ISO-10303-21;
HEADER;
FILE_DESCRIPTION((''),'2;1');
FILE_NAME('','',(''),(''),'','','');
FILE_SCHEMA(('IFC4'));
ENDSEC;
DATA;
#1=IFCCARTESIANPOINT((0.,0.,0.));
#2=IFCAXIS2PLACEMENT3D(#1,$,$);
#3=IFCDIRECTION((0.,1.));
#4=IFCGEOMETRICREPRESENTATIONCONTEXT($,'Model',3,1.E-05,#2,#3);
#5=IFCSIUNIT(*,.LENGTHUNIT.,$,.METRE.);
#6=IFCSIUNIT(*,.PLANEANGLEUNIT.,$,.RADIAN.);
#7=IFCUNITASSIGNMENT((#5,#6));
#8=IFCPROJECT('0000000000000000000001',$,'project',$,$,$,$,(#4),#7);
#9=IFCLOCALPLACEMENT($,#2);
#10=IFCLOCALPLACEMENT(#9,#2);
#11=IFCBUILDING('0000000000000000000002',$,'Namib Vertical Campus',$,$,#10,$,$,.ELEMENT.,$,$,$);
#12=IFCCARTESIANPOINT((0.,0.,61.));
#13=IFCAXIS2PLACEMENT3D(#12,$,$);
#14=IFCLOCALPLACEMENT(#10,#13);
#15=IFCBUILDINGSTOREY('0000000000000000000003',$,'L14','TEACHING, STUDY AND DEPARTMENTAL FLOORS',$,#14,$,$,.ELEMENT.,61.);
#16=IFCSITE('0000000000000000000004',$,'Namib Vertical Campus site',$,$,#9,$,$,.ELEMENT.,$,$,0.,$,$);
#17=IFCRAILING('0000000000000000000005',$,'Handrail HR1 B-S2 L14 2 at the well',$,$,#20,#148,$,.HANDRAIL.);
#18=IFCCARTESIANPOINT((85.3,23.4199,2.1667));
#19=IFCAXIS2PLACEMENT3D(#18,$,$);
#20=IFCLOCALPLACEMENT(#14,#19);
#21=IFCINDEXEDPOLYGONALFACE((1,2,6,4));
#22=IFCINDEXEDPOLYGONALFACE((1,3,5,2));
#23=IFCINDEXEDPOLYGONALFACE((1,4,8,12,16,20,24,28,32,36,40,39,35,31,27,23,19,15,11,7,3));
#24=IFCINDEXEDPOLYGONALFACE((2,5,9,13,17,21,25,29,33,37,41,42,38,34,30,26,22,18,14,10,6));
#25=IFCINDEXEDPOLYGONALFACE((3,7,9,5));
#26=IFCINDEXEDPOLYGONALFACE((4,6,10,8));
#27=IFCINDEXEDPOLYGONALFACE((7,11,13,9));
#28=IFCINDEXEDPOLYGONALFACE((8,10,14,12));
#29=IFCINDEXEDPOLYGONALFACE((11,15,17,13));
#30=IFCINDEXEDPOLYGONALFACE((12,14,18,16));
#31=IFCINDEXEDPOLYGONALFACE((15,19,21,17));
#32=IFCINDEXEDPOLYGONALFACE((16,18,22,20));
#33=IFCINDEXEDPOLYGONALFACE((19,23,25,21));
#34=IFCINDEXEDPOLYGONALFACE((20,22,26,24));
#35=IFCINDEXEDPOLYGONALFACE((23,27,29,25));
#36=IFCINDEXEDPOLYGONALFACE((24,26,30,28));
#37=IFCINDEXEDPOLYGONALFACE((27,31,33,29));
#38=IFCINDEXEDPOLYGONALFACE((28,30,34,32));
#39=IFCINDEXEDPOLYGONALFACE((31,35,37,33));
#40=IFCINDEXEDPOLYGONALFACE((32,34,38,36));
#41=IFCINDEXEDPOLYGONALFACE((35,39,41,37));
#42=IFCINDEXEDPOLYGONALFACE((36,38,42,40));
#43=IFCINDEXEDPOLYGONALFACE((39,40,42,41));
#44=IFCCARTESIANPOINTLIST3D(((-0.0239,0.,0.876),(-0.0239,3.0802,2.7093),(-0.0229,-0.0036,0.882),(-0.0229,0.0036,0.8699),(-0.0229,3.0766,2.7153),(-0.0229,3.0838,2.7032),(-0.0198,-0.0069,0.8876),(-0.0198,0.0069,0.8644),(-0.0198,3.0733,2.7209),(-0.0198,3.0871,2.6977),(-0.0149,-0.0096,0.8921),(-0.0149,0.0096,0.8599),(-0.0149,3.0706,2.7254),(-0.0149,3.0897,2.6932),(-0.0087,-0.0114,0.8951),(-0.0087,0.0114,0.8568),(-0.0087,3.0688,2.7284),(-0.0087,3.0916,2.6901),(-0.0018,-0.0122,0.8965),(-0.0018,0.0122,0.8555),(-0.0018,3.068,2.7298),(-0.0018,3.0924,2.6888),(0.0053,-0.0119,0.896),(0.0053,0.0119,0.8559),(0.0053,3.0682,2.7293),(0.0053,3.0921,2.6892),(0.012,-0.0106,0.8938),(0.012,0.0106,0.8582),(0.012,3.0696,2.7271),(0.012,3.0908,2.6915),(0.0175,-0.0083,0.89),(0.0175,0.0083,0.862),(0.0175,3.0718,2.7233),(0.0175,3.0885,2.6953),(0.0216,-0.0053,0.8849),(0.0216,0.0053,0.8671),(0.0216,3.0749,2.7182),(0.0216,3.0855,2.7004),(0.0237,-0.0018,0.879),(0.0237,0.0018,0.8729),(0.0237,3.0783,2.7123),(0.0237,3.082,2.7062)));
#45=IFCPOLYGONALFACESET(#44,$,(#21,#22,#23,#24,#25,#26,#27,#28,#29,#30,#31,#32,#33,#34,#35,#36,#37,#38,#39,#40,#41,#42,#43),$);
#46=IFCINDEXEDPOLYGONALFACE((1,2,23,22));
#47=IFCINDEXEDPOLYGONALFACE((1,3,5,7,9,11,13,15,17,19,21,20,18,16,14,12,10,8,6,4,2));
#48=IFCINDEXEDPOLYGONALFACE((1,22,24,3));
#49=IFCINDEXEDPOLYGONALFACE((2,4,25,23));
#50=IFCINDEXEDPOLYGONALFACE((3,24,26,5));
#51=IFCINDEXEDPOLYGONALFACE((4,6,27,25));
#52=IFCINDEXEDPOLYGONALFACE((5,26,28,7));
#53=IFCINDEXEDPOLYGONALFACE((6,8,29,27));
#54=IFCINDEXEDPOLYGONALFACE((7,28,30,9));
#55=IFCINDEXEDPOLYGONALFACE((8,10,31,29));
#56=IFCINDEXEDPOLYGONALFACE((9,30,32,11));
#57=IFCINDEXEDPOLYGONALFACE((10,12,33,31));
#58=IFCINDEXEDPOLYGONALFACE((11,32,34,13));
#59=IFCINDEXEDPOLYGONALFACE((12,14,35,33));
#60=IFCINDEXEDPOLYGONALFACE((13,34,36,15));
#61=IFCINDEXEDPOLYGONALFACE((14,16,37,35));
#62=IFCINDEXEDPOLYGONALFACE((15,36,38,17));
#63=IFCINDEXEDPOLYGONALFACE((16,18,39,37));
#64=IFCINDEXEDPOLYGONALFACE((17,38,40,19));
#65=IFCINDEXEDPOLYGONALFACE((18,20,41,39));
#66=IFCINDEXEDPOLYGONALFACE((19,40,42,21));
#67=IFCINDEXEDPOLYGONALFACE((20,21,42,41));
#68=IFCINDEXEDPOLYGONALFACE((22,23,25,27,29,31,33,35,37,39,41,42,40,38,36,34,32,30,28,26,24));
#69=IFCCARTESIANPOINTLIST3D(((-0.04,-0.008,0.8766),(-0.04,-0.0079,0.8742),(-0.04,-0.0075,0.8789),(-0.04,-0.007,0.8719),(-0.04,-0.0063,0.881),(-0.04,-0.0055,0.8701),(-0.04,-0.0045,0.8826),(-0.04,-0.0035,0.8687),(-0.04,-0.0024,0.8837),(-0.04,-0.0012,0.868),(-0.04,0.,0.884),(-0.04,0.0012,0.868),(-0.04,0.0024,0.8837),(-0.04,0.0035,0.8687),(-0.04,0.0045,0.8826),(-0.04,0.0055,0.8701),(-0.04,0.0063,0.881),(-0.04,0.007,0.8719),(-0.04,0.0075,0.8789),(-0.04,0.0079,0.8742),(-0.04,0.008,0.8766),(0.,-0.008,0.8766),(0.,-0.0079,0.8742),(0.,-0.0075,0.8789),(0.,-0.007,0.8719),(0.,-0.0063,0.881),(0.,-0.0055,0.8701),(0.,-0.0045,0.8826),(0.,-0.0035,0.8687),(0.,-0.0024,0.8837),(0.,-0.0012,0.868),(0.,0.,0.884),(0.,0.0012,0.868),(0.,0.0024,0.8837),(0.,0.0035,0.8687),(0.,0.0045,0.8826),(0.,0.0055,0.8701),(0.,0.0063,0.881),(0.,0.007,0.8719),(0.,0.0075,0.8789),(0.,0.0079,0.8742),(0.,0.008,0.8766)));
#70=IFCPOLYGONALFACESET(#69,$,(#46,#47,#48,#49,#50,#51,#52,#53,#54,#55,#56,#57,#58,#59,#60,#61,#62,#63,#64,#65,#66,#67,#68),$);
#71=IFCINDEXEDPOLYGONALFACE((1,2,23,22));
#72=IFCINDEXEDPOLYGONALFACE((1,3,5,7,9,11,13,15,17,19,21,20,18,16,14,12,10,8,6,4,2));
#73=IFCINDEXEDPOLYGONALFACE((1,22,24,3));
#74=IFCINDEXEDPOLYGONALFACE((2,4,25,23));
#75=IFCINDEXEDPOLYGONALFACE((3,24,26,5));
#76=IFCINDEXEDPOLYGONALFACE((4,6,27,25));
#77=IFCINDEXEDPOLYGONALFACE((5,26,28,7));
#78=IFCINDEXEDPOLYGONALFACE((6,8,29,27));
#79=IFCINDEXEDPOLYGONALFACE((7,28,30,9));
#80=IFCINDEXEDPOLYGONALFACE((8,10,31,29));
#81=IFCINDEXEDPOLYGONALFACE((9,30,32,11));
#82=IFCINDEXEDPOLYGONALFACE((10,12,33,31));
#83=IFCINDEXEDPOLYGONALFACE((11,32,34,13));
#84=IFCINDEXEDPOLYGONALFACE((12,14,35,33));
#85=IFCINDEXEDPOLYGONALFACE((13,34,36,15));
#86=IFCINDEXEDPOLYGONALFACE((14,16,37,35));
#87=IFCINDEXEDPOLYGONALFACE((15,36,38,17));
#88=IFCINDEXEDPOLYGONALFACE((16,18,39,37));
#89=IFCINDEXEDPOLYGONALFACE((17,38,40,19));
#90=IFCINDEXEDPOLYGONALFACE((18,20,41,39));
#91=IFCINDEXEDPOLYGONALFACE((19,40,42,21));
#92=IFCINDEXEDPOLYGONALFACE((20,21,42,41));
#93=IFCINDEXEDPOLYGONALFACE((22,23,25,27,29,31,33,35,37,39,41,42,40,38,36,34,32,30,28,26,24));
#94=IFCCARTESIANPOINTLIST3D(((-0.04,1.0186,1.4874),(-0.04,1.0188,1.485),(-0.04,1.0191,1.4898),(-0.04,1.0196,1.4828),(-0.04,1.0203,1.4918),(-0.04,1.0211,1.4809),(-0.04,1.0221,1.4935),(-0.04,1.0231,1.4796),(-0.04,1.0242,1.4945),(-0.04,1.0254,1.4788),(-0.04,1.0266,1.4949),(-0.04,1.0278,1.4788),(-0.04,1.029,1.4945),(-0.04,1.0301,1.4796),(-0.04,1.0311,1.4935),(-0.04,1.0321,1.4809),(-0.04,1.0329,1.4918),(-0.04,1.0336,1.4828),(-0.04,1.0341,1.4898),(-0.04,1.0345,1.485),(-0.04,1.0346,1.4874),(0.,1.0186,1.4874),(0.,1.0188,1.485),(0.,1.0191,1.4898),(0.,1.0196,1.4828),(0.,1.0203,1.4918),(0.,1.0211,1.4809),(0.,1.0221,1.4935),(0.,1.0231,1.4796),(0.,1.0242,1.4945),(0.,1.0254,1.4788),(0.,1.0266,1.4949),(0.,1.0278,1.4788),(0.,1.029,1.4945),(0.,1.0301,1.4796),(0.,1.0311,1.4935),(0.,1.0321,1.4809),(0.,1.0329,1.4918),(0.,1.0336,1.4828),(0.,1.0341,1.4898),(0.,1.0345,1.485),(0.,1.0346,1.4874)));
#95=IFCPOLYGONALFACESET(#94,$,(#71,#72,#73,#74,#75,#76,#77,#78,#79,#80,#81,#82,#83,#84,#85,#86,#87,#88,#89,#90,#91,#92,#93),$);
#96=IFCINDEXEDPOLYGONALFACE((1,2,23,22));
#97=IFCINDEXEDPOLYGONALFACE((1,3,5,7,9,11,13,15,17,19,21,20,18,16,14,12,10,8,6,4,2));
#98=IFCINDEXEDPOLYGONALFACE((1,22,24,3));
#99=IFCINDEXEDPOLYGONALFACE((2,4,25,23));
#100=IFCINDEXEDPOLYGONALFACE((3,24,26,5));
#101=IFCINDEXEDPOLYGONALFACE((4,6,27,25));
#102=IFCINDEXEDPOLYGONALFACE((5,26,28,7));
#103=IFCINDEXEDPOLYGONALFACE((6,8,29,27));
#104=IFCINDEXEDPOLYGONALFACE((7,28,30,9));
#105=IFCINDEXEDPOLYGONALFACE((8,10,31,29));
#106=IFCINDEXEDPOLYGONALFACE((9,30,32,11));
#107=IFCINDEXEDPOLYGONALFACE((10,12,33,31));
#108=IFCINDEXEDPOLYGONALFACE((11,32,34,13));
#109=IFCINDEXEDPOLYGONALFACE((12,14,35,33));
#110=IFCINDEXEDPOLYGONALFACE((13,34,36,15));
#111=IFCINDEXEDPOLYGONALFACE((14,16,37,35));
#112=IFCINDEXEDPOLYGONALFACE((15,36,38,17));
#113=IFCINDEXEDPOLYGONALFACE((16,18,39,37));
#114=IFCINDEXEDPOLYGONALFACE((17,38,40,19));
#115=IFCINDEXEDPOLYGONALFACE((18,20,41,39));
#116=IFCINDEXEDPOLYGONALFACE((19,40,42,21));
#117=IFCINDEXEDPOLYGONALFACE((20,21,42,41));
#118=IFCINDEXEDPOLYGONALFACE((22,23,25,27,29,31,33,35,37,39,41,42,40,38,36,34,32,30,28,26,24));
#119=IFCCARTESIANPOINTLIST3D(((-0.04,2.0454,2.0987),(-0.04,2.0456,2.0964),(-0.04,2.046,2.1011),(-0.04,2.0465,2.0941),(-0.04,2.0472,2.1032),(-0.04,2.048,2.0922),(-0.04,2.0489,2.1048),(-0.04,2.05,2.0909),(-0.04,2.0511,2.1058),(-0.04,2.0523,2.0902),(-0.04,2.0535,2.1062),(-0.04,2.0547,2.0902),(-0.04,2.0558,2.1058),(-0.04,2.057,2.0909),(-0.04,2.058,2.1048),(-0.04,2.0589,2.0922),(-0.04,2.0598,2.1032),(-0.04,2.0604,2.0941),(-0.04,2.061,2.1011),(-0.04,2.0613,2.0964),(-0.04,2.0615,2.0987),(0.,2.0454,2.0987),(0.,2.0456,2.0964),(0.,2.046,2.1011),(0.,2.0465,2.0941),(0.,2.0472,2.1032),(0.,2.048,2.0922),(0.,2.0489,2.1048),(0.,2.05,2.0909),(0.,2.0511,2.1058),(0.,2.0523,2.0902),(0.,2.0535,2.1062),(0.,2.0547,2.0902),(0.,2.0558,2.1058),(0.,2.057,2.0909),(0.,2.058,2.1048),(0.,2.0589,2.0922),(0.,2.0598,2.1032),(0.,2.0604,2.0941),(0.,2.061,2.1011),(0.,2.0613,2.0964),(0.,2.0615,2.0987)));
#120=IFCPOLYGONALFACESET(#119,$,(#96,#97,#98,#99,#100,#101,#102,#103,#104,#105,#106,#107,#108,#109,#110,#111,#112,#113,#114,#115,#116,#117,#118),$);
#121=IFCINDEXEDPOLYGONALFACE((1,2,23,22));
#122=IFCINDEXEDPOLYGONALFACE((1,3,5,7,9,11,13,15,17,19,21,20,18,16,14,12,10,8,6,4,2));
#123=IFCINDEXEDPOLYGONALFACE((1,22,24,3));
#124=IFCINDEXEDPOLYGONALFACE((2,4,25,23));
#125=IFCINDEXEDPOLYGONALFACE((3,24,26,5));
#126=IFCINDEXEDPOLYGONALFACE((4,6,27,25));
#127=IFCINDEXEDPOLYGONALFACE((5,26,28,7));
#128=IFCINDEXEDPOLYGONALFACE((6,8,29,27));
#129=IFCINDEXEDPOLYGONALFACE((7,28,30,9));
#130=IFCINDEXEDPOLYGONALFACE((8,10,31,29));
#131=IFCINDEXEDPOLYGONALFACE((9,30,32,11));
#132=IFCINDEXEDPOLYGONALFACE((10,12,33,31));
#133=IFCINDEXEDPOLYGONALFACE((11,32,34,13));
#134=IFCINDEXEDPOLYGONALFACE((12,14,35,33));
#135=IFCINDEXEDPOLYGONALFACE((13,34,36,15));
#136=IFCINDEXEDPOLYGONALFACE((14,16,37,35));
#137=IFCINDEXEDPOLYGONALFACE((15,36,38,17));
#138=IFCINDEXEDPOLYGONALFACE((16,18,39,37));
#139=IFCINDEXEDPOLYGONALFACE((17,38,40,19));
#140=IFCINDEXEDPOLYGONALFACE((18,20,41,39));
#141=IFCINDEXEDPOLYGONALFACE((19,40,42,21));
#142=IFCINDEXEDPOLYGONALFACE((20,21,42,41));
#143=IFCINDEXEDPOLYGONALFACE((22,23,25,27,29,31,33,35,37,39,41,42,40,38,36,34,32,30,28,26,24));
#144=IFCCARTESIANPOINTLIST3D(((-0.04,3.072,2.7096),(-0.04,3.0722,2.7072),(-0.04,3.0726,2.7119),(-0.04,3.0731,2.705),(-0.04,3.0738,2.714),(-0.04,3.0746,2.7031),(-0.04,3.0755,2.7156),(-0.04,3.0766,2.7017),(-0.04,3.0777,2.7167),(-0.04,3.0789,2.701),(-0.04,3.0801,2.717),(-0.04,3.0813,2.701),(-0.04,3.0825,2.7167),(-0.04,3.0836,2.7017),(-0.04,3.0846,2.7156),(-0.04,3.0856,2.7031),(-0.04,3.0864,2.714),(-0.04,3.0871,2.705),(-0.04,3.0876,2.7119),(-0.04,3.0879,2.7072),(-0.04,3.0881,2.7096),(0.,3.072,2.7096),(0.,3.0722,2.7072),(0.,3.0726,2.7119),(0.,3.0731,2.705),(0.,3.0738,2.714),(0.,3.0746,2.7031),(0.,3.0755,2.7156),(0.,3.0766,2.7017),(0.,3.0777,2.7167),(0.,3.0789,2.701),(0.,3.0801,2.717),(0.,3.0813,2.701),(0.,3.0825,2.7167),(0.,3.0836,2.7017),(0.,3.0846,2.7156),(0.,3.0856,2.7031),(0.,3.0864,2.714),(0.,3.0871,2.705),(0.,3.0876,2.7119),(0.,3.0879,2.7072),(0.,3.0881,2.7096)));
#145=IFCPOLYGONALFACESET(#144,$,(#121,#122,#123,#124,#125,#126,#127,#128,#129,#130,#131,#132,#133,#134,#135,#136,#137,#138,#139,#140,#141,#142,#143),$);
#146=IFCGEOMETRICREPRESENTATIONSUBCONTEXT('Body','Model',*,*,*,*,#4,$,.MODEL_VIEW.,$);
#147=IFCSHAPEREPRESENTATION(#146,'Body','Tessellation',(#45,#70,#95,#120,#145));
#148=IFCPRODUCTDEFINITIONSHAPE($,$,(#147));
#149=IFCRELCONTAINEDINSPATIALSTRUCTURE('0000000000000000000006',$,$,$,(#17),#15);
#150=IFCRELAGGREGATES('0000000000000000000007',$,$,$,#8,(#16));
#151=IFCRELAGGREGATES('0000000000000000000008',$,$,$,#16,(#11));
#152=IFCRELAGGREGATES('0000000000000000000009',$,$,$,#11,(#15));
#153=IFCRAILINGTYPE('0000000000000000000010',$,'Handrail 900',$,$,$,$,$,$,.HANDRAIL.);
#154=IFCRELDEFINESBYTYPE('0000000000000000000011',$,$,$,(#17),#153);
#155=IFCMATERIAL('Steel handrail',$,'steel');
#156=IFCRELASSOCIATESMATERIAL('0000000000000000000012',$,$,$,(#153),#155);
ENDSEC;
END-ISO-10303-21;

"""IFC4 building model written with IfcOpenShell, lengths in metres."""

from ifc_helpers import new_model, si_unit, direction, frame, origin, origin_2d, place, context, subcontext, project, spatial, circle, extrude, material, type_object, element, save


model = new_model("IFC4")

# Units and contexts
model_context = context("Model", 3, precision=1e-05, world=origin(), true_north=direction((0.0, 1.0)))
body_context = subcontext(model_context, "Body", "Model", "MODEL_VIEW")
ifc_project = project(units=[si_unit("LENGTHUNIT", "METRE"), si_unit("PLANEANGLEUNIT", "RADIAN")], contexts=[model_context])

# Site, building, storey
site_placement = place(None, origin())
site = spatial("IfcSite", under=ifc_project, at=site_placement, Name="Namib Vertical Campus site", CompositionType="ELEMENT", RefElevation=0.0)
building_placement = place(site_placement, origin())
building = spatial("IfcBuilding", under=site, at=building_placement, Name="Namib Vertical Campus", CompositionType="ELEMENT")
storey_placement = place(building_placement, frame((0.0, 0.0, 61.0)))
storey = spatial("IfcBuildingStorey", under=building, at=storey_placement, Name="L14", Description="TEACHING, STUDY AND DEPARTMENTAL FLOORS", CompositionType="ELEMENT", Elevation=61.0)

# Railing
ifc_material_1 = material(Name="Steel handrail", Category="steel")
railing_type_1 = type_object("IfcRailingType", Name="Handrail 900", PredefinedType="HANDRAIL", material=ifc_material_1)
railing_1_placement = place(storey_placement, frame((85.3, 23.4199, 2.1667)))
element("IfcRailing", 1, at=railing_1_placement, inside=storey, type_object=railing_type_1, Name="Handrail HR1 B-S2 L14 2 at the well", PredefinedType="HANDRAIL", context=body_context, shape_type="SweptSolid", body=[
    extrude(circle(Radius=0.0239, at=origin_2d()), frame((0.0, 0.0, 0.876), z_axis=(0.0, 0.859309, 0.511458), x_axis=(-1.0, 0.0, 0.0)), (0.0, 0.0, 1.0), 3.5845),
    extrude(circle(Radius=0.0081, at=origin_2d()), frame((0.0, 0.0, 0.876), z_axis=(-1.0, 0.0, 0.0), x_axis=(0.0, 0.0, 1.0)), (0.0, 0.0, 1.0), 0.04),
    extrude(circle(Radius=0.0081, at=origin_2d()), frame((0.0, 1.0266, 1.4868), z_axis=(-1.0, 0.0, 0.0), x_axis=(0.0, 0.0, 1.0)), (0.0, 0.0, 1.0), 0.04),
    extrude(circle(Radius=0.0081, at=origin_2d()), frame((0.0, 2.0535, 2.0981), z_axis=(-1.0, 0.0, 0.0), x_axis=(0.0, 0.0, 1.0)), (0.0, 0.0, 1.0), 0.04),
    extrude(circle(Radius=0.0081, at=origin_2d()), frame((0.0, 3.0801, 2.709), z_axis=(-1.0, 0.0, 0.0), x_axis=(0.0, 0.0, 1.0)), (0.0, 0.0, 1.0), 0.04),
])

save(model, "model.ifc")
